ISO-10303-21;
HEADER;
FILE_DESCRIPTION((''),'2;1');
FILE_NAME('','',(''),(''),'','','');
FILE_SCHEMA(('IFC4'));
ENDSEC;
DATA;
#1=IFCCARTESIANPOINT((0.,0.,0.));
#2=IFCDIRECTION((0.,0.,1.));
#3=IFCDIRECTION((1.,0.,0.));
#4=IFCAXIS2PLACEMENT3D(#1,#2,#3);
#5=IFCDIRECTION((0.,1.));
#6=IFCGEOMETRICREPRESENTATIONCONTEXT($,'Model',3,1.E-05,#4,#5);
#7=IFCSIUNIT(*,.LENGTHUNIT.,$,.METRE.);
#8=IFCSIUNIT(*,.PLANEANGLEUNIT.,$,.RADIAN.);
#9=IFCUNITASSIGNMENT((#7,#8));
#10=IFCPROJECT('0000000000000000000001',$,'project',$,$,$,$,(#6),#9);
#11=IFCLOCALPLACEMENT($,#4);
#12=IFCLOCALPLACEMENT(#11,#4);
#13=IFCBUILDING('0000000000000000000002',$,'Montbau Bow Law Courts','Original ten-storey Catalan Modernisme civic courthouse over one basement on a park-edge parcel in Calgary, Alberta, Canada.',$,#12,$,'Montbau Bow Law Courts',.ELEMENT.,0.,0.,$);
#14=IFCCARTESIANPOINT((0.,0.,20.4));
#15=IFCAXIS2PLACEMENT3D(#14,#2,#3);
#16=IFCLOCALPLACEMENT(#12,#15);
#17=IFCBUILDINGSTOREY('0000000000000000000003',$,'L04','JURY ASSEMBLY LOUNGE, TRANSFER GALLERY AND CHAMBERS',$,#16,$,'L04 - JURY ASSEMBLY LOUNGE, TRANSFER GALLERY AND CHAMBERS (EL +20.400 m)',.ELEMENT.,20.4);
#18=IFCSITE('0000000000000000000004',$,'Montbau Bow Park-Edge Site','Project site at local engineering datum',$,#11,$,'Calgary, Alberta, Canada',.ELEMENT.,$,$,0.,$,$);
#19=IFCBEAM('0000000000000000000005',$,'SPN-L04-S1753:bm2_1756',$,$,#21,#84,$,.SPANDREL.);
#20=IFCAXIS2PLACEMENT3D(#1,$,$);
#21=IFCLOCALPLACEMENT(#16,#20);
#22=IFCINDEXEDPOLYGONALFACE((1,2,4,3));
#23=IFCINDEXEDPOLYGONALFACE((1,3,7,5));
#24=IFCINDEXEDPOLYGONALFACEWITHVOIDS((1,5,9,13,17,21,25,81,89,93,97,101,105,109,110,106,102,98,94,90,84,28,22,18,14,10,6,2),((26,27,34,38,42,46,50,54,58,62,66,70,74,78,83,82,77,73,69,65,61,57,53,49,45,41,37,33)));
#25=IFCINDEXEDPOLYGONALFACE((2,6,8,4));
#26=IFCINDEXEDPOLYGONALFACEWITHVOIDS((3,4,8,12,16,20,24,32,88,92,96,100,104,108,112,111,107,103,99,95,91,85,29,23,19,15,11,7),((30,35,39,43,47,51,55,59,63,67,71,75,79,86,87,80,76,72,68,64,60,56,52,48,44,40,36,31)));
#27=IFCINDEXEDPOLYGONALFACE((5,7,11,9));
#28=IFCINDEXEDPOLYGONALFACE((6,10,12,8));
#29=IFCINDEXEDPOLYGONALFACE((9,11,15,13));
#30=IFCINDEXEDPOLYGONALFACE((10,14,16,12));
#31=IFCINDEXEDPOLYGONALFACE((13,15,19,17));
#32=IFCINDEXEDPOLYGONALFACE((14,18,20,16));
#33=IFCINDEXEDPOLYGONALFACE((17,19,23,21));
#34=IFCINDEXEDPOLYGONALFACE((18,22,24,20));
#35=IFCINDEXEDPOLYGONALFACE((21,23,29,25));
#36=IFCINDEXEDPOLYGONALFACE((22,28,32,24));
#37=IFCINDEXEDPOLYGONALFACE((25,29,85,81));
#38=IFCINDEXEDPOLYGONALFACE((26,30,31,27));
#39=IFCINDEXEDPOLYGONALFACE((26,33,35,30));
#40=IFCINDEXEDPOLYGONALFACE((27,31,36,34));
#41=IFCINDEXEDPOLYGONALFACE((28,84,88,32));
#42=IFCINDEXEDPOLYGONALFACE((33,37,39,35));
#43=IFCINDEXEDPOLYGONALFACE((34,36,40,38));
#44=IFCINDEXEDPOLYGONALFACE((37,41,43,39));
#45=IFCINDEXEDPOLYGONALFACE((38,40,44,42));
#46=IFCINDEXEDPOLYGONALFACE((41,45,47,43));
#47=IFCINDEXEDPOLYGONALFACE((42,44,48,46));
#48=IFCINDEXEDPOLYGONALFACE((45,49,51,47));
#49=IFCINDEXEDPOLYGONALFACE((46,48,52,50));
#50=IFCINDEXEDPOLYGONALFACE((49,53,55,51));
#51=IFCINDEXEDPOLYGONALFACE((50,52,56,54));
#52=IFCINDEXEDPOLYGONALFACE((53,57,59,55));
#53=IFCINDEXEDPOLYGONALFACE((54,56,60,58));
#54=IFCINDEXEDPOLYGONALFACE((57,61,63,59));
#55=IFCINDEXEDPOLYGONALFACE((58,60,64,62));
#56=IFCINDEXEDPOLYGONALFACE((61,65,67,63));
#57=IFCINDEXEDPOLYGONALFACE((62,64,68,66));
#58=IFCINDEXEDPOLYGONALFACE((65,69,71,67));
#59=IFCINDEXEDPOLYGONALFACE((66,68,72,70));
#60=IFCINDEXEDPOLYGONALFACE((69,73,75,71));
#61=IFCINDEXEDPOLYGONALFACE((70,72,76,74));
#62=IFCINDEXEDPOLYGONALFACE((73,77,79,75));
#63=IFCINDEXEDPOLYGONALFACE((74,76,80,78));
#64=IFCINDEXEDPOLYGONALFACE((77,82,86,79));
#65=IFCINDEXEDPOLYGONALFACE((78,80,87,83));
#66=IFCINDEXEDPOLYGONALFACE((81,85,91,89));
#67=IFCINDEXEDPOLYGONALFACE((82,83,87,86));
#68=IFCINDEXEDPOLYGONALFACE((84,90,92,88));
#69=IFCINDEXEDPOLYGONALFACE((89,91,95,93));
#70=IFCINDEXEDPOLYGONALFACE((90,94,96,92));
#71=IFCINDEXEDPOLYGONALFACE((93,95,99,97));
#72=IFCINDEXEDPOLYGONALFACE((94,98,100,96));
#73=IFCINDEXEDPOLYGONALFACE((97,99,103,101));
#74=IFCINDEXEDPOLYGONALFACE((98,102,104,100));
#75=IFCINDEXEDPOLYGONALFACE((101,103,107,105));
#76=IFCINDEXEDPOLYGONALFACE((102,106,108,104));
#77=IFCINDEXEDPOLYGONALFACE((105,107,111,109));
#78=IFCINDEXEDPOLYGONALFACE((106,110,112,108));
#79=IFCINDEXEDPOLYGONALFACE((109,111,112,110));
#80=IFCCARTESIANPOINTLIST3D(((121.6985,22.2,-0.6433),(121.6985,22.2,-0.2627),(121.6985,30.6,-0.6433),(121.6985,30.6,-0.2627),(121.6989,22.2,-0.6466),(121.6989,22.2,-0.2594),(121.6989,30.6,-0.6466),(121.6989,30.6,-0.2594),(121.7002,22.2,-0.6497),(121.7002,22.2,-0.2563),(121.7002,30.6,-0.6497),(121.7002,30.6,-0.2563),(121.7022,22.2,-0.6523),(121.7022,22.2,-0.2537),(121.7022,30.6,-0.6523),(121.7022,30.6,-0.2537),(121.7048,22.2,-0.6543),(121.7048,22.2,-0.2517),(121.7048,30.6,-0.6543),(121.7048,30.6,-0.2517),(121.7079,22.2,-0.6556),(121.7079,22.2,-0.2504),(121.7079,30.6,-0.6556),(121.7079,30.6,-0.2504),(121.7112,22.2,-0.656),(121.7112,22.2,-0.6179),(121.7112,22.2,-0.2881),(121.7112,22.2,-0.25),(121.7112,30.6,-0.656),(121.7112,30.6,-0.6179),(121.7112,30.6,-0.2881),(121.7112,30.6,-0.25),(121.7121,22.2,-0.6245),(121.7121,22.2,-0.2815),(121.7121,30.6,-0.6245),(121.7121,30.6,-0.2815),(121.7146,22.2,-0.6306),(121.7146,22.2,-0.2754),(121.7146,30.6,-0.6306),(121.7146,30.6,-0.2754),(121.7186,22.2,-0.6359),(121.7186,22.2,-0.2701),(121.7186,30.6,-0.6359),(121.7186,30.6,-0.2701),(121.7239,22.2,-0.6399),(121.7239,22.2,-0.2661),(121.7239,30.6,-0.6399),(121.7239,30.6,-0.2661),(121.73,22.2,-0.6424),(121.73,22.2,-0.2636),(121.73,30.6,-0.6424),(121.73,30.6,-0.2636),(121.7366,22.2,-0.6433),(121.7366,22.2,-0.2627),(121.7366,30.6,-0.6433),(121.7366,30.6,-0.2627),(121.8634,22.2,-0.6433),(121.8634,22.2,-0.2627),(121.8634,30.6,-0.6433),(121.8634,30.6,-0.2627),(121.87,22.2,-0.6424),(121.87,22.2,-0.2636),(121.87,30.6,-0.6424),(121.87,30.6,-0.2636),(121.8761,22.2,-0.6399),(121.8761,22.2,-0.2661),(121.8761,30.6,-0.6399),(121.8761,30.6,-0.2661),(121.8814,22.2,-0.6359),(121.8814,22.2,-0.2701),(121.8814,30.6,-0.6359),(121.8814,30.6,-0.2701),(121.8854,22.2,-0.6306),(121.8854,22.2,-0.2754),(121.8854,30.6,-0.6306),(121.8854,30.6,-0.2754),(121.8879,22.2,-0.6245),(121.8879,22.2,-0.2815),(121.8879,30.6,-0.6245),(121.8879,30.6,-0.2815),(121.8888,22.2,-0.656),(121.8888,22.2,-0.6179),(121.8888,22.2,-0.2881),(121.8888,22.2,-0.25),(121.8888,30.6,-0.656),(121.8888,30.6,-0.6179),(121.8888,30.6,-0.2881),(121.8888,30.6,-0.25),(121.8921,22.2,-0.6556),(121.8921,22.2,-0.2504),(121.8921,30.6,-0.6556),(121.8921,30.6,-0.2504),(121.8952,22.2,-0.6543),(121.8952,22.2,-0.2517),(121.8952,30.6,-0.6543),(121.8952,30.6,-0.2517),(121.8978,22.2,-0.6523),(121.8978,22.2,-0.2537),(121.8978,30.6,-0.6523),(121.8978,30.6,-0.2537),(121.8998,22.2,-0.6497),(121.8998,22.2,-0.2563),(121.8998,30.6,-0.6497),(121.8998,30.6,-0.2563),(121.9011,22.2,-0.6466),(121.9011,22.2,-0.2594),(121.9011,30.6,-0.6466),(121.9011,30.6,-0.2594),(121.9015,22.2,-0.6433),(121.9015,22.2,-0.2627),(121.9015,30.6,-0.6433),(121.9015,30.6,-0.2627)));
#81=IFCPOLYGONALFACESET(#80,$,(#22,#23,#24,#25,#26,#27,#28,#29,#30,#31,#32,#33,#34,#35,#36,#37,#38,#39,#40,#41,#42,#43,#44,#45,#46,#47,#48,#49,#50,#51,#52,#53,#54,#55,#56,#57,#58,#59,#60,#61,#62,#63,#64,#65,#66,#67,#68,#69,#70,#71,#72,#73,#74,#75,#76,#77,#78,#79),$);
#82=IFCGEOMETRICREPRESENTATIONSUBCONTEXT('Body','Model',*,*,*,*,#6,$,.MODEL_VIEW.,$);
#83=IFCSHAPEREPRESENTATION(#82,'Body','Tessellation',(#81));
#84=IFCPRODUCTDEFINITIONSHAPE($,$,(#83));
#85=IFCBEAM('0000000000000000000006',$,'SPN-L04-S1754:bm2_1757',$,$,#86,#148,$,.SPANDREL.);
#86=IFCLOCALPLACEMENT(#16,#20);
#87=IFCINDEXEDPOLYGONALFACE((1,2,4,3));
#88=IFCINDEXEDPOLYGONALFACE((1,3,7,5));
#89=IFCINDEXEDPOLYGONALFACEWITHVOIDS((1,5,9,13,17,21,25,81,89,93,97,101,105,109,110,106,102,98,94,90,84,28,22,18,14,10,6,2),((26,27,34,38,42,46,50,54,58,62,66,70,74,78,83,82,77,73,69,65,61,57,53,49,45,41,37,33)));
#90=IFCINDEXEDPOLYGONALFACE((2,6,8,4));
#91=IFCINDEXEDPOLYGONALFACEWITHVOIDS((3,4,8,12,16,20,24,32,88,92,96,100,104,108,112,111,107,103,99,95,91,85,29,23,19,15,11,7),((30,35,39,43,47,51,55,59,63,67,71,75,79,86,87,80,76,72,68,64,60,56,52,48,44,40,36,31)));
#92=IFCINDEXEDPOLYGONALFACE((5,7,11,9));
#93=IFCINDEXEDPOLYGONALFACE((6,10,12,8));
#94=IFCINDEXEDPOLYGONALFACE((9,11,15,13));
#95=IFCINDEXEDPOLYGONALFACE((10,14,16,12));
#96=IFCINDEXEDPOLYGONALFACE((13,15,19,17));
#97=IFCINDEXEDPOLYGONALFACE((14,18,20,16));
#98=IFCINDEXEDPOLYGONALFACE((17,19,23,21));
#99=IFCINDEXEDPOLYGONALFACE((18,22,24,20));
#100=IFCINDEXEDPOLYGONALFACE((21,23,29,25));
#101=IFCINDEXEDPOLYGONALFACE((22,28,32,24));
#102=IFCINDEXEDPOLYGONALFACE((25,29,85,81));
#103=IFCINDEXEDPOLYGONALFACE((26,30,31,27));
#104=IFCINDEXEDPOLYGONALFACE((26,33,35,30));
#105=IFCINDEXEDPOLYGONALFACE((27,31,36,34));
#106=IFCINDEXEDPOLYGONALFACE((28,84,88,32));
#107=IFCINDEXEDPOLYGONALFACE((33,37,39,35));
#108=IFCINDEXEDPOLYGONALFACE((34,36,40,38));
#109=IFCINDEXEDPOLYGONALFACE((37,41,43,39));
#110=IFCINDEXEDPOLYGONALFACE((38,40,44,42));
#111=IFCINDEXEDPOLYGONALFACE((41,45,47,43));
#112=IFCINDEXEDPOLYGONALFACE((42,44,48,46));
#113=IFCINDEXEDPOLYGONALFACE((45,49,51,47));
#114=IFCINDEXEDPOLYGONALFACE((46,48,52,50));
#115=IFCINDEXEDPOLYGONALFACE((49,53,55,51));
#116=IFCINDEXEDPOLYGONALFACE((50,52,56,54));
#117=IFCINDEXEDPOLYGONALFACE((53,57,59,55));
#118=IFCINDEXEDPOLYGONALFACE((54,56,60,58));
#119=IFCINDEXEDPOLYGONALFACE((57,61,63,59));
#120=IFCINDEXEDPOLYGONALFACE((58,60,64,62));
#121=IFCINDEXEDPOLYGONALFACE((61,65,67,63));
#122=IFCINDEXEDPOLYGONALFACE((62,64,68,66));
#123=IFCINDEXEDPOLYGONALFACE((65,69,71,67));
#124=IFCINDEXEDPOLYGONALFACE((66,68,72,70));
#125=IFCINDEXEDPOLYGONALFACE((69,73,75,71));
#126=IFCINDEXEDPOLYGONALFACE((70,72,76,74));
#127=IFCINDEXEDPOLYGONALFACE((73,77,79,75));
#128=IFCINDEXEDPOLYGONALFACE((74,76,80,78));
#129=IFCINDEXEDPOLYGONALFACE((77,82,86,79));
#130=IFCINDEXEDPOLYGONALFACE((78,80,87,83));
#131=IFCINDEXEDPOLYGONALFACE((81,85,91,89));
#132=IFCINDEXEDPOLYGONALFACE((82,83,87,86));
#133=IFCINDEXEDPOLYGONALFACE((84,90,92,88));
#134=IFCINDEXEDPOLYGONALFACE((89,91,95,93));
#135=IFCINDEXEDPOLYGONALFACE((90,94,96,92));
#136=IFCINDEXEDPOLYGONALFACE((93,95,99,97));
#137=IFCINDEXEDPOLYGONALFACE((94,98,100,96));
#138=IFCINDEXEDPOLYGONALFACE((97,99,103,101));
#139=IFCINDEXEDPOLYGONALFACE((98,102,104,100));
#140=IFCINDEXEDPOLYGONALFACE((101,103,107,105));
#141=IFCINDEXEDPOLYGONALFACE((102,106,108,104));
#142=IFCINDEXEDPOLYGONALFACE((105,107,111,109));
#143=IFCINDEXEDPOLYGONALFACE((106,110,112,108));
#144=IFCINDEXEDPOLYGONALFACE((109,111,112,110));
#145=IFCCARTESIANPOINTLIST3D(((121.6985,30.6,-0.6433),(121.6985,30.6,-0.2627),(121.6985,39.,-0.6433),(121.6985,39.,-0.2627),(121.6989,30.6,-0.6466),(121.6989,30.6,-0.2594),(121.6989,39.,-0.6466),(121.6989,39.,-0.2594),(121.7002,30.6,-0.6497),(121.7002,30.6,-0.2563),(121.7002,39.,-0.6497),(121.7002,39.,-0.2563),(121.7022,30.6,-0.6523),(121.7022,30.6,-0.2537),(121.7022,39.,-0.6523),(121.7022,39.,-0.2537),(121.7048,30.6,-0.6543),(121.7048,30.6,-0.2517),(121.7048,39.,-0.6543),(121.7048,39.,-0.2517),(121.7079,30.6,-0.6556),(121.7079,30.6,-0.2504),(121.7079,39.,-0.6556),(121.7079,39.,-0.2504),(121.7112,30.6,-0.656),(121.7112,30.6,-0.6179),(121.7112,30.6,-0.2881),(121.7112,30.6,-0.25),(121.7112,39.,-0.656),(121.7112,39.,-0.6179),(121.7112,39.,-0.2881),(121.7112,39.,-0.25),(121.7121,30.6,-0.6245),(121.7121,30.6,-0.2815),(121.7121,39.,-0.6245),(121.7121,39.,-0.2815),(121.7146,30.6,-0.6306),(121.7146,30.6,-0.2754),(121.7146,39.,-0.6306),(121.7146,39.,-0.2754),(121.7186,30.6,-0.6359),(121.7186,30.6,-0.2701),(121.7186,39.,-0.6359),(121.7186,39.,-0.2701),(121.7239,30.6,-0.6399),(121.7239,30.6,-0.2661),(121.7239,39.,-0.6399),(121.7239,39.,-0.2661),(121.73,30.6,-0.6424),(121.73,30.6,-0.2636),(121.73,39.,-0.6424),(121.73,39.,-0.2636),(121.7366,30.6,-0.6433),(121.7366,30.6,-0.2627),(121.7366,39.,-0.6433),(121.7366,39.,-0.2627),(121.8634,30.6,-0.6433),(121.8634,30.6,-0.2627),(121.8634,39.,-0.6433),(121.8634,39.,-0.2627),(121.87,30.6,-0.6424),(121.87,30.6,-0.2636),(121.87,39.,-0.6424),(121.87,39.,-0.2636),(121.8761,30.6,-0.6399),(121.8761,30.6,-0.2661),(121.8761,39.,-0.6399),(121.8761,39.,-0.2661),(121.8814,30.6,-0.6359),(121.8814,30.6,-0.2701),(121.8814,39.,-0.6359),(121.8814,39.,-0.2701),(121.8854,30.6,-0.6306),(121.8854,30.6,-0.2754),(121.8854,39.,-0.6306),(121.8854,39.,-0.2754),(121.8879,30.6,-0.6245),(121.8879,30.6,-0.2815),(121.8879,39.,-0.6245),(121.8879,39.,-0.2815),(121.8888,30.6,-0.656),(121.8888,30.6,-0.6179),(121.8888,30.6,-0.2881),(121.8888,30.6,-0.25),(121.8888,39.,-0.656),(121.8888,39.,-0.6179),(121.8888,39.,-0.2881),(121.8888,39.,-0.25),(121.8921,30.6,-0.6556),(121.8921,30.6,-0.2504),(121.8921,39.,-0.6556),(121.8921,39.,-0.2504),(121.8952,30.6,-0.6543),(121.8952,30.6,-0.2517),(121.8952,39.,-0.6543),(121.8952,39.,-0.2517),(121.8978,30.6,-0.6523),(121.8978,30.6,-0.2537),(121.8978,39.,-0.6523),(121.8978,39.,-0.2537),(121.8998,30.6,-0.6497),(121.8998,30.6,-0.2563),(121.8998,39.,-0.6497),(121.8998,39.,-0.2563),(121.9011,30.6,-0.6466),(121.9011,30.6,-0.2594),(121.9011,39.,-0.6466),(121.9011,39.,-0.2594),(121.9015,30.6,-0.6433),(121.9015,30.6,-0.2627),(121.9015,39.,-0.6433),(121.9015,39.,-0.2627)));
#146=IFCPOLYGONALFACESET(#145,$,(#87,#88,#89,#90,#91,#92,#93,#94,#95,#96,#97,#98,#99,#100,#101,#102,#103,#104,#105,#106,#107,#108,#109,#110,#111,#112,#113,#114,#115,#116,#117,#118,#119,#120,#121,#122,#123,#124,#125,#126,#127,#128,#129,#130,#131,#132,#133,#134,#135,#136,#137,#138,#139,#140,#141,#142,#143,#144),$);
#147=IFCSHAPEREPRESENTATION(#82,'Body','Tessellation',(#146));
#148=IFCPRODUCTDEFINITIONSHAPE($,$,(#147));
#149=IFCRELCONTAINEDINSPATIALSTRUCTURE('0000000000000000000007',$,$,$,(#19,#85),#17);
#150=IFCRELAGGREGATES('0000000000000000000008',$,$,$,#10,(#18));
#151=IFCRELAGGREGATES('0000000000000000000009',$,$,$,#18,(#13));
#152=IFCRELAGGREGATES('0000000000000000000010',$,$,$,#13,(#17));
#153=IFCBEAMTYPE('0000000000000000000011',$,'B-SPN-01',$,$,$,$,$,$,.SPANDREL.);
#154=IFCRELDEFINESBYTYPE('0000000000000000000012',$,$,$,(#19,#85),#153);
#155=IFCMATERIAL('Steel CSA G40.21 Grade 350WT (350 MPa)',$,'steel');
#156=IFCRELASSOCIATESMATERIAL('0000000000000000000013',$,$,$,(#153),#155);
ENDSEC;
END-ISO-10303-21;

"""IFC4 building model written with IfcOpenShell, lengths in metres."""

from ifc_helpers import new_model, si_unit, direction, frame, origin_with_axes, origin_2d_with_axis, place, context, subcontext, project, spatial, hollow_rectangle, extrude, material, material_profile, profile_set, type_object, element, save


model = new_model("IFC4")

# Units and contexts
model_context = context("Model", 3, precision=1e-05, world=origin_with_axes(), true_north=direction((0.0, 1.0)))
body_context = subcontext(model_context, "Body", "Model", "MODEL_VIEW")
ifc_project = project(units=[si_unit("LENGTHUNIT", "METRE"), si_unit("PLANEANGLEUNIT", "RADIAN")], contexts=[model_context])

# Site, building, storey
site_placement = place(None, origin_with_axes())
site = spatial("IfcSite", under=ifc_project, at=site_placement, Name="Montbau Bow Park-Edge Site", Description="Project site at local engineering datum", LongName="Calgary, Alberta, Canada", CompositionType="ELEMENT", RefElevation=0.0)
building_placement = place(site_placement, origin_with_axes())
building = spatial("IfcBuilding", under=site, at=building_placement, Name="Montbau Bow Law Courts", Description="Original ten-storey Catalan Modernisme civic courthouse over one basement on a park-edge parcel in Calgary, Alberta, Canada.", LongName="Montbau Bow Law Courts", CompositionType="ELEMENT", ElevationOfRefHeight=0.0, ElevationOfTerrain=0.0)
storey_placement = place(building_placement, frame((0.0, 0.0, 20.4), z_axis=(0.0, 0.0, 1.0), x_axis=(1.0, 0.0, 0.0)))
storey = spatial("IfcBuildingStorey", under=building, at=storey_placement, Name="L04", Description="JURY ASSEMBLY LOUNGE, TRANSFER GALLERY AND CHAMBERS", LongName="L04 - JURY ASSEMBLY LOUNGE, TRANSFER GALLERY AND CHAMBERS (EL +20.400 m)", CompositionType="ELEMENT", Elevation=20.4)

# Beams
ifc_material_1 = material(Name="Steel CSA G40.21 Grade 350WT (350 MPa)", Category="steel")
ifc_material_profile_1 = material_profile(ifc_material_1, hollow_rectangle(XDim=0.203, YDim=0.406, WallThickness=0.0127, InnerFilletRadius=0.0254, OuterFilletRadius=0.0127, at=origin_2d_with_axis()), Name="HSS406X203X13", Category="Main", Priority=0)
ifc_profile_set_1 = profile_set([ifc_material_profile_1], Name="Steel CSA G40.21 Grade 350WT (350 MPa)")
beam_type_1 = type_object("IfcBeamType", Name="B-SPN-01", PredefinedType="SPANDREL", material=ifc_profile_set_1)
for number, where, z_axis, x_axis, name in (
    (1, (121.8, 22.2, 19.947), (0.0, 1.0, 0.0), (-1.0, 0.0, 0.0), "SPN-L04-S1753:bm2_1756"),
    (2, (121.8, 30.6, 19.947), (0.0, 1.0, 0.0), (-1.0, 0.0, 0.0), "SPN-L04-S1754:bm2_1757"),
):
    element("IfcBeam", number, at=place(None, frame(where, z_axis=z_axis, x_axis=x_axis)), inside=storey, type_object=beam_type_1, Name=name, PredefinedType="SPANDREL", context=body_context, shape_type="SweptSolid", body=[
        extrude(hollow_rectangle(XDim=0.203, YDim=0.406, WallThickness=0.0127, InnerFilletRadius=0.0254, OuterFilletRadius=0.0127, at=origin_2d_with_axis()), origin_with_axes(), (0.0, 0.0, 1.0), 8.4),
    ])

save(model, "model.ifc")
